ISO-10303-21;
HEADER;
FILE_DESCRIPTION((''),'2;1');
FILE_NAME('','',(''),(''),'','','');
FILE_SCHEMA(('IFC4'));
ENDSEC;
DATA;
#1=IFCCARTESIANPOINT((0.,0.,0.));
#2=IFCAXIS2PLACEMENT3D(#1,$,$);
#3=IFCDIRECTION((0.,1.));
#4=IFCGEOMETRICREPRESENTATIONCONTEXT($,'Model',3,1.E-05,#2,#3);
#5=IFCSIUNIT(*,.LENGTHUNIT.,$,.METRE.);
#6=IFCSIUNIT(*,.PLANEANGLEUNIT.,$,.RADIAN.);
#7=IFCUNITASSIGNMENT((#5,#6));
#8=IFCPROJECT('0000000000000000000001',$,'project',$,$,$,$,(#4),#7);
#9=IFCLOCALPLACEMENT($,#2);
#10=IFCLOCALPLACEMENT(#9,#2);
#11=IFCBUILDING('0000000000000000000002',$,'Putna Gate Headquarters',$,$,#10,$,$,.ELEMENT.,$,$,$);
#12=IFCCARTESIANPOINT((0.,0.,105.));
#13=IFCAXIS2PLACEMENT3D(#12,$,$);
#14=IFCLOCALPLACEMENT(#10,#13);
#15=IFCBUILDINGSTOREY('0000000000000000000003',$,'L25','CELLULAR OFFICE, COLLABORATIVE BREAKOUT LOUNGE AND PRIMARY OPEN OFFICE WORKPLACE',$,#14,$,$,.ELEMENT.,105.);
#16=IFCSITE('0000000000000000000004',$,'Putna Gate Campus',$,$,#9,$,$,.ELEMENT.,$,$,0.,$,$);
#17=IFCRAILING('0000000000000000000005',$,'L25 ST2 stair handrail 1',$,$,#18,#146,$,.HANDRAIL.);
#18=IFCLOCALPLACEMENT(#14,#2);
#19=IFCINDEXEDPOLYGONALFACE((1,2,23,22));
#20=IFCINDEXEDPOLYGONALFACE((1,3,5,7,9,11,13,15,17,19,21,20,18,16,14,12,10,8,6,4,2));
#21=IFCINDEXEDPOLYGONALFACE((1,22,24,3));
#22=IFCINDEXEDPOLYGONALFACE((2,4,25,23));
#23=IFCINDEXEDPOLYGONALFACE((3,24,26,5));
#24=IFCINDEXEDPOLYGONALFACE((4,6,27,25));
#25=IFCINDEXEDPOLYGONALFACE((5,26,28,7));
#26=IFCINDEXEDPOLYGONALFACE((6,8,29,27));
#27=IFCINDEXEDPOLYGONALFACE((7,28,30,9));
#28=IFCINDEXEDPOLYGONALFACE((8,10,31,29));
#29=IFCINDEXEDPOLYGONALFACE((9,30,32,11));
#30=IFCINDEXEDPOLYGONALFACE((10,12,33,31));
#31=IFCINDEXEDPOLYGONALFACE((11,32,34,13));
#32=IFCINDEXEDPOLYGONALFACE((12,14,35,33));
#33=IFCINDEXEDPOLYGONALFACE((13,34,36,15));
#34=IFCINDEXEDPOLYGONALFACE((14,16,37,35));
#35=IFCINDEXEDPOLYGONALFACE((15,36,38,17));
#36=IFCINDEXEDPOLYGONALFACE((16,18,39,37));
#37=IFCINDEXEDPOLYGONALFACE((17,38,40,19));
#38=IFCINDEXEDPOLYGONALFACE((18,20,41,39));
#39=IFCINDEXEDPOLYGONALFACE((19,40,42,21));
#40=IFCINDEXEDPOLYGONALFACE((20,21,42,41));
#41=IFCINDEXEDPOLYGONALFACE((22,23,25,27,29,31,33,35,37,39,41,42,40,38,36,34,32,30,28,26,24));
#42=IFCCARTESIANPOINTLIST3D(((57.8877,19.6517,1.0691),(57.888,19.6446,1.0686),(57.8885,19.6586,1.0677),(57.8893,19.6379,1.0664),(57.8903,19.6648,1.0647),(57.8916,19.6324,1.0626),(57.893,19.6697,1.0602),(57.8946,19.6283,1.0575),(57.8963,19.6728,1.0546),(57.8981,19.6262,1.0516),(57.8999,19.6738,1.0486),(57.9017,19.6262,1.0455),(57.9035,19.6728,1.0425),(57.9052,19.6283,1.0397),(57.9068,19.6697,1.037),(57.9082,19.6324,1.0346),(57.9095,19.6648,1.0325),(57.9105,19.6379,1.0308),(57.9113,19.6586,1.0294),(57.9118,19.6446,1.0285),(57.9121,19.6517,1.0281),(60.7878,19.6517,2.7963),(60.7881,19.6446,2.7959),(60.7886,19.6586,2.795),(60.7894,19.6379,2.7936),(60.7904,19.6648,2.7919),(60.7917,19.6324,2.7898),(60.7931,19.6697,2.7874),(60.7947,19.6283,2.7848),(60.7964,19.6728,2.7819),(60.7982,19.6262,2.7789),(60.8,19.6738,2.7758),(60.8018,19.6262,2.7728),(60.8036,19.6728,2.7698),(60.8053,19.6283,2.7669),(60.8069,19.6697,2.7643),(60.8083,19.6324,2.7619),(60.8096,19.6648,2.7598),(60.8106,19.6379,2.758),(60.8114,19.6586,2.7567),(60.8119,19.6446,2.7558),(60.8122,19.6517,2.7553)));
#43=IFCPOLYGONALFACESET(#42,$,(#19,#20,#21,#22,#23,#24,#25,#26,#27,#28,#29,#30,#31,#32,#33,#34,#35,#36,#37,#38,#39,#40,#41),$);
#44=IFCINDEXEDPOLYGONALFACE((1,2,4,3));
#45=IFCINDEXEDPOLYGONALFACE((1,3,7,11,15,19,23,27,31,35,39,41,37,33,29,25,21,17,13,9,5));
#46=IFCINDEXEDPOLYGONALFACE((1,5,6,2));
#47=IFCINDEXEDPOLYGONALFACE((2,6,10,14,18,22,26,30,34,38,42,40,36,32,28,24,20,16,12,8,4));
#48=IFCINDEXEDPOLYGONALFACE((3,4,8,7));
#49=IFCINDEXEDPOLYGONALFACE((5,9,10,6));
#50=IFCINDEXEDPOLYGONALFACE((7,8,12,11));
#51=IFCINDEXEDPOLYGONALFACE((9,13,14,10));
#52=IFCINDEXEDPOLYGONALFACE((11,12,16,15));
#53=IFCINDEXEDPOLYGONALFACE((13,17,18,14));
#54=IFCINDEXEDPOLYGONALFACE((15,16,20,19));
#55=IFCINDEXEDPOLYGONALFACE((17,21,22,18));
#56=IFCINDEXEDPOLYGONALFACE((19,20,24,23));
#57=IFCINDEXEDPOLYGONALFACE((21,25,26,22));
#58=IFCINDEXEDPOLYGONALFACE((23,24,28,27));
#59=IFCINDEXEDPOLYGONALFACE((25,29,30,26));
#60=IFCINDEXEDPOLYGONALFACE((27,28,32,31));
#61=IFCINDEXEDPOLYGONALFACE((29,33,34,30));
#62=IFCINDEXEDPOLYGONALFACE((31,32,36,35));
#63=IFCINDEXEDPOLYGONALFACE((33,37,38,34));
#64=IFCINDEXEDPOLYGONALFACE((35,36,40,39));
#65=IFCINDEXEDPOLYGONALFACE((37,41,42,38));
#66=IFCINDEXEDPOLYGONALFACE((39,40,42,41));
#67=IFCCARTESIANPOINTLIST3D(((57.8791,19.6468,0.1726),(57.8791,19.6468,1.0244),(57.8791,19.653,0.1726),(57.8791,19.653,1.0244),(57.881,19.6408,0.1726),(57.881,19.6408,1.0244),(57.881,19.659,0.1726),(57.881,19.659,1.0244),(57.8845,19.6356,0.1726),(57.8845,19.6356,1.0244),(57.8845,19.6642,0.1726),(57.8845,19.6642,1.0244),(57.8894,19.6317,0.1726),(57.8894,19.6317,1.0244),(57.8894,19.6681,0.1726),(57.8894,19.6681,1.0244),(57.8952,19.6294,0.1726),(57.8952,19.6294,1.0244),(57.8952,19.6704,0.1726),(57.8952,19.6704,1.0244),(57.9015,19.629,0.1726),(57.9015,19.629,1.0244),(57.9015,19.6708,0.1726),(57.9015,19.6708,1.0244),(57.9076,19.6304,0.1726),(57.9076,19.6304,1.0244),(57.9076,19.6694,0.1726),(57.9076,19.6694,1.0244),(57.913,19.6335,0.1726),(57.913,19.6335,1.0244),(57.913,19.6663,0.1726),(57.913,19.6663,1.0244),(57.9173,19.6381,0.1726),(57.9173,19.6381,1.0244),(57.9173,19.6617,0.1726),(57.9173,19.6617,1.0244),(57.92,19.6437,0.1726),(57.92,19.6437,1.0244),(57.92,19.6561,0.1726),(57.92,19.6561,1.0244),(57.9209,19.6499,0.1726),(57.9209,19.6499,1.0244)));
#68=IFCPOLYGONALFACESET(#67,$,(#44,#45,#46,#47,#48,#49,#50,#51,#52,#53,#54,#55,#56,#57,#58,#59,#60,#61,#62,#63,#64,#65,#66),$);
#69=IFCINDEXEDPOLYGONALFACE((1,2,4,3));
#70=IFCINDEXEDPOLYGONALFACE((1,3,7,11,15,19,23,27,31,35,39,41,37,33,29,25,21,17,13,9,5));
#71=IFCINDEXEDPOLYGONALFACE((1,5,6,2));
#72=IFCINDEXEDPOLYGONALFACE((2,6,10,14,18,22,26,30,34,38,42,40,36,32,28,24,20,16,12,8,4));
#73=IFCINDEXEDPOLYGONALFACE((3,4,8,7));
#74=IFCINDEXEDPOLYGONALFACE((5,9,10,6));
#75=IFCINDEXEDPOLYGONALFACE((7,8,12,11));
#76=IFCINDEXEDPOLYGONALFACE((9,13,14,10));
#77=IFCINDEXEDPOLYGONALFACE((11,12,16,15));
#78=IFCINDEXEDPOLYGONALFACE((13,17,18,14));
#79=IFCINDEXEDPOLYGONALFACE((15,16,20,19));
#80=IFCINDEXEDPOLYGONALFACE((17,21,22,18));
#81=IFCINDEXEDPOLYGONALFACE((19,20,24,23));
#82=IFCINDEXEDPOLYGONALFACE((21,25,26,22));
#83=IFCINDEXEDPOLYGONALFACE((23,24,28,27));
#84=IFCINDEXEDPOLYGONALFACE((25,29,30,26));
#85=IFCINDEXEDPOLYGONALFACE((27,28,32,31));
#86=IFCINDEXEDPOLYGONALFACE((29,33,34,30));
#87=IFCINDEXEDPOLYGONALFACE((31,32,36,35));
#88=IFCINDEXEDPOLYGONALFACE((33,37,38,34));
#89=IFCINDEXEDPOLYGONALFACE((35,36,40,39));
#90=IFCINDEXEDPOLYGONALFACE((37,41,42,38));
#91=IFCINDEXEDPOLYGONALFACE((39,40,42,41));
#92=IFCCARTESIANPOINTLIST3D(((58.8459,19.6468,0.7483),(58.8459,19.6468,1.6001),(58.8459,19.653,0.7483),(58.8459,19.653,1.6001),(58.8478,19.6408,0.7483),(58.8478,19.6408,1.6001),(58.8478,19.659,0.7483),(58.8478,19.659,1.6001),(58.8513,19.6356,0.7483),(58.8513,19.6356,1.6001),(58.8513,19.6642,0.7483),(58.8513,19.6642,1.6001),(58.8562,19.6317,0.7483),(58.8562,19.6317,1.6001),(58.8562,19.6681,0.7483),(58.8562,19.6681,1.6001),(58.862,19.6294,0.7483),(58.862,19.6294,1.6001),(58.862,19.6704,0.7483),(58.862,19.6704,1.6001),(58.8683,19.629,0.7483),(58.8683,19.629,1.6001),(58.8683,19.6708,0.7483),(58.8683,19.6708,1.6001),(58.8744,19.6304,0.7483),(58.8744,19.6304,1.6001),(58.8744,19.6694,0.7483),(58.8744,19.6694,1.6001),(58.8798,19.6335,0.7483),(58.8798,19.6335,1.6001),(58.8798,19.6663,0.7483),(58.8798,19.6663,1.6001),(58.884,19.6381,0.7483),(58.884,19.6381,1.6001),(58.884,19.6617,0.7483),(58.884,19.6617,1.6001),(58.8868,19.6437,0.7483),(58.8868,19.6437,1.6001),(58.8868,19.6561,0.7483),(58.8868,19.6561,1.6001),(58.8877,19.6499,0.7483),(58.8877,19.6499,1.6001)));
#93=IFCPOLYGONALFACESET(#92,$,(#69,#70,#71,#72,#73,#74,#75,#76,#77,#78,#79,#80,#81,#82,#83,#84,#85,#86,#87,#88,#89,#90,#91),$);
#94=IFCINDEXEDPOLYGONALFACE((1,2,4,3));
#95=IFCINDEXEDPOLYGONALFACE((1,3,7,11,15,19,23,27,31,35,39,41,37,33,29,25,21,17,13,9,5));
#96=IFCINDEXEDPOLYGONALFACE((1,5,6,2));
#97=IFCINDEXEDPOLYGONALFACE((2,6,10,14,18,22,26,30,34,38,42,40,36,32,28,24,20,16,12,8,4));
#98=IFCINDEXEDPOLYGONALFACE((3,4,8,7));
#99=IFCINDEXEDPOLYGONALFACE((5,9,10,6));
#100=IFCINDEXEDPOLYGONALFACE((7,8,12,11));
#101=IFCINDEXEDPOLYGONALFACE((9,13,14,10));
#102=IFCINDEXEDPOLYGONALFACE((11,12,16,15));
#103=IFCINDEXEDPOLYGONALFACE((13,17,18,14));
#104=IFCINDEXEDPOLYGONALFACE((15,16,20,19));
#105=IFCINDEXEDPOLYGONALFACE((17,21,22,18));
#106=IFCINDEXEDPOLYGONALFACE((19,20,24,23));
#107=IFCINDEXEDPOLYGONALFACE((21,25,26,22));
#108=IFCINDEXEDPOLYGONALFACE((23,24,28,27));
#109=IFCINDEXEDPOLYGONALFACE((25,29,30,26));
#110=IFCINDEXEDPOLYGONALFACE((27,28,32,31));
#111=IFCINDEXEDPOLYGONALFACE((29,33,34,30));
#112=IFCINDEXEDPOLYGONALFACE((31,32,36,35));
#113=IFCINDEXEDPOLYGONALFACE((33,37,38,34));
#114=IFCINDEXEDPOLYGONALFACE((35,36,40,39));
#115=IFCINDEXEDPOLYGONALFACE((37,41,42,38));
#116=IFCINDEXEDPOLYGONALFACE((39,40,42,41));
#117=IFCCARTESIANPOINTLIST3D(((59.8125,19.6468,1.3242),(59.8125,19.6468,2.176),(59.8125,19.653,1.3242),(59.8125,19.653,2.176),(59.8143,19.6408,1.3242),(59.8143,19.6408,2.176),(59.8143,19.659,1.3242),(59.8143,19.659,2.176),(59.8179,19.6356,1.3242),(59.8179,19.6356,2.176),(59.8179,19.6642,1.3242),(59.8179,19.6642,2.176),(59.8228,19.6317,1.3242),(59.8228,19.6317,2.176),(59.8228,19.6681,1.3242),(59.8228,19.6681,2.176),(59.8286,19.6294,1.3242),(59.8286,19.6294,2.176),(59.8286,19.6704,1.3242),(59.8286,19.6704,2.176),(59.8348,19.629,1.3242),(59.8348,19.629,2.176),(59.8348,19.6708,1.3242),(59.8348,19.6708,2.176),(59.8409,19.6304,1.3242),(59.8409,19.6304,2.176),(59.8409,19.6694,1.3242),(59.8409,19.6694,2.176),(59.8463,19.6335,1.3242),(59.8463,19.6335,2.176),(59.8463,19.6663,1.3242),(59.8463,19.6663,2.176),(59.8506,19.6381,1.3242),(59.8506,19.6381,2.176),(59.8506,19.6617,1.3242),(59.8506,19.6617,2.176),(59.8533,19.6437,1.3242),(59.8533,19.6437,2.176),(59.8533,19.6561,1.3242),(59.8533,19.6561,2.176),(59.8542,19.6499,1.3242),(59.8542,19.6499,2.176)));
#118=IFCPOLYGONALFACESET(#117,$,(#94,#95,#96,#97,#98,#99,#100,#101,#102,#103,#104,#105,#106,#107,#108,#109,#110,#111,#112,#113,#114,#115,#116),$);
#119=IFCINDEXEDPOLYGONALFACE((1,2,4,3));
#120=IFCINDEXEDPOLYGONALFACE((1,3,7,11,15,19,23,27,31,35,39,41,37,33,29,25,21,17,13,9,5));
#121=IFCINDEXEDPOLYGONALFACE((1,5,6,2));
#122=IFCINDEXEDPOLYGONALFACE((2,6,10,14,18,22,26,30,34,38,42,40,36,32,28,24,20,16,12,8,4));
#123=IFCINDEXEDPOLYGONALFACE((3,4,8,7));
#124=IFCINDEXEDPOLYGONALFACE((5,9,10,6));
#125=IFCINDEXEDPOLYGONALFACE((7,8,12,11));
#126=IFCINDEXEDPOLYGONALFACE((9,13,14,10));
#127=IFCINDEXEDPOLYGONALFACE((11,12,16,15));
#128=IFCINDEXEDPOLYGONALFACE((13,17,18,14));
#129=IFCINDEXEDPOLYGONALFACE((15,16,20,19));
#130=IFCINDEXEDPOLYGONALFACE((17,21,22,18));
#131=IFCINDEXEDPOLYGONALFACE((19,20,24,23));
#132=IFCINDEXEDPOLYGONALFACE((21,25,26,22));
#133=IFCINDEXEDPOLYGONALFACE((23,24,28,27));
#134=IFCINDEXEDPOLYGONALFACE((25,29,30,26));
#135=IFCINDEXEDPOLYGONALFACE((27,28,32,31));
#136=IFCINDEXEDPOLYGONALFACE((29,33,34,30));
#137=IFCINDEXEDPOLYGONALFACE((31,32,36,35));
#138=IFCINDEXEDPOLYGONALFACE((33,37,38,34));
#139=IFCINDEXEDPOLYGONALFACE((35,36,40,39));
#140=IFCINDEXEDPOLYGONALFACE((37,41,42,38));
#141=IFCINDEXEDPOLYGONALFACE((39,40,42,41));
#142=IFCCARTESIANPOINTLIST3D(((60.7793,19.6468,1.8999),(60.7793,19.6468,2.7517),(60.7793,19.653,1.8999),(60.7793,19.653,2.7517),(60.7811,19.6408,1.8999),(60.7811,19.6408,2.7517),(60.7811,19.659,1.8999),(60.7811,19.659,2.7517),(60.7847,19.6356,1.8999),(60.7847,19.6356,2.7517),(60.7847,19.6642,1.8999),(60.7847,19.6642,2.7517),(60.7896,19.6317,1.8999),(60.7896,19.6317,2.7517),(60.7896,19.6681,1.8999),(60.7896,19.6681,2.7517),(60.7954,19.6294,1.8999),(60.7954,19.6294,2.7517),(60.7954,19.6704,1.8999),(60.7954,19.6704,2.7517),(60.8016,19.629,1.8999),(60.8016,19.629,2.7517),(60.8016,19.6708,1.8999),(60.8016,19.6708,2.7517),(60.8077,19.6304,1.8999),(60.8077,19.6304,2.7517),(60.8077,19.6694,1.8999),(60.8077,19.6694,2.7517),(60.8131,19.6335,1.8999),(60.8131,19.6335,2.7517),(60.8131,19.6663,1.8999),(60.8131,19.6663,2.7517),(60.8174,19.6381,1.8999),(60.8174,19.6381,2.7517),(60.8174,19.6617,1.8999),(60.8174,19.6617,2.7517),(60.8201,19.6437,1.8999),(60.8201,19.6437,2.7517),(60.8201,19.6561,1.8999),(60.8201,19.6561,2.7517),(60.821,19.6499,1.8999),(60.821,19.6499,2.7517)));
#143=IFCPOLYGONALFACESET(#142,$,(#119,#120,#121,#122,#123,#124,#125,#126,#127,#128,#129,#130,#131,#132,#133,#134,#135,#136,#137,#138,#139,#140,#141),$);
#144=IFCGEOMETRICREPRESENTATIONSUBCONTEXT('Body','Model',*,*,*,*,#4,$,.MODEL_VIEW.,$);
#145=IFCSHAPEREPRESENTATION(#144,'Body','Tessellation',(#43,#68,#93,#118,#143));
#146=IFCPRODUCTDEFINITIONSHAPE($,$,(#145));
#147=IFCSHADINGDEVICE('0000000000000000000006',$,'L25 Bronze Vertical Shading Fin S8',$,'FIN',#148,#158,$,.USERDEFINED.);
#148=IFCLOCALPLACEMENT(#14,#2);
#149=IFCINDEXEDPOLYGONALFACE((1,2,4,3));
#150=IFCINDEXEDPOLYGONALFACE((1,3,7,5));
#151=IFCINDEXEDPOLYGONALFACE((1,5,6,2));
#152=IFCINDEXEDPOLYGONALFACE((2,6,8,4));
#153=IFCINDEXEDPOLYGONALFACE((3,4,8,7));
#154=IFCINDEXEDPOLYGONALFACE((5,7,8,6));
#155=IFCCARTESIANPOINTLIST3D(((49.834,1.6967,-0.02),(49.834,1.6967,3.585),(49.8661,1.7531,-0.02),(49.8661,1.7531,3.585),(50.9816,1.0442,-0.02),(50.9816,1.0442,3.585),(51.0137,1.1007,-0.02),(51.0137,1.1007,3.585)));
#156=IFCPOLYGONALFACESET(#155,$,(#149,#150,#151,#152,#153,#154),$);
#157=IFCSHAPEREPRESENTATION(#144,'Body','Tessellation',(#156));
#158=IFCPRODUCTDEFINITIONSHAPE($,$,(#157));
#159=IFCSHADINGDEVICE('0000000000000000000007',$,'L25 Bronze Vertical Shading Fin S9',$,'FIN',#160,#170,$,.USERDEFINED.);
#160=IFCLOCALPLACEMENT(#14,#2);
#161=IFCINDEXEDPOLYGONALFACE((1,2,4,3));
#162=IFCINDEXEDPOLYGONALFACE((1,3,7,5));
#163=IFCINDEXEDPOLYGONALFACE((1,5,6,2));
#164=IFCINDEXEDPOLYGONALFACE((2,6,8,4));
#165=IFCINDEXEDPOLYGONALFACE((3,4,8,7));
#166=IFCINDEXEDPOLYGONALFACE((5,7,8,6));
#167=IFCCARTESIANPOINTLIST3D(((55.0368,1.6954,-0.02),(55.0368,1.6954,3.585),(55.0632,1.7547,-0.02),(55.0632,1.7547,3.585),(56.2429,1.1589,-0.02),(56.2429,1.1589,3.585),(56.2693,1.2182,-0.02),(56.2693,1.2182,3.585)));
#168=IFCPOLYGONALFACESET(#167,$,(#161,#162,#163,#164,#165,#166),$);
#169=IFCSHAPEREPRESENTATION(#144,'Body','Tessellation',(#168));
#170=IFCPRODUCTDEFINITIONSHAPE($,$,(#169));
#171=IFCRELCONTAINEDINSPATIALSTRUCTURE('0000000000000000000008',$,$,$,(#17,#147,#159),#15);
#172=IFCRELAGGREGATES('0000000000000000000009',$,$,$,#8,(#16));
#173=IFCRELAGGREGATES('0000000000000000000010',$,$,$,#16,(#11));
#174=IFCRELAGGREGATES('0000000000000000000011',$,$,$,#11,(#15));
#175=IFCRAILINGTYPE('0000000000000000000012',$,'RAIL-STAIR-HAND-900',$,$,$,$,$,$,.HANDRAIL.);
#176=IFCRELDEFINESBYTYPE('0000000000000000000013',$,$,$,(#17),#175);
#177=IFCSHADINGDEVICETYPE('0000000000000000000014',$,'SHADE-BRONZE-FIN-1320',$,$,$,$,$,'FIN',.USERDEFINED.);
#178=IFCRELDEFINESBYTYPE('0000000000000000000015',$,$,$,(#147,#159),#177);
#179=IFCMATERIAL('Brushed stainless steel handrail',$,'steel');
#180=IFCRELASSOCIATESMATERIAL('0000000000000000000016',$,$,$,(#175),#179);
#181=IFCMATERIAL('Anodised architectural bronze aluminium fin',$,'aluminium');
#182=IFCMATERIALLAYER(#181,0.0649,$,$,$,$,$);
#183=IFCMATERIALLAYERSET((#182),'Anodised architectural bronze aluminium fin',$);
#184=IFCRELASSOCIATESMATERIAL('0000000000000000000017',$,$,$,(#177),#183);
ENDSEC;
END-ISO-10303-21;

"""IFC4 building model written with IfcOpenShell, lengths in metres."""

from ifc_helpers import new_model, si_unit, direction, frame, origin, origin_2d, place, context, subcontext, project, spatial, rectangle, circle, extrude, material, layer, layer_set, type_object, element, save


model = new_model("IFC4")

# Units and contexts
model_context = context("Model", 3, precision=1e-05, world=origin(), true_north=direction((0.0, 1.0)))
body_context = subcontext(model_context, "Body", "Model", "MODEL_VIEW")
ifc_project = project(units=[si_unit("LENGTHUNIT", "METRE"), si_unit("PLANEANGLEUNIT", "RADIAN")], contexts=[model_context])

# Site, building, storey
site_placement = place(None, origin())
site = spatial("IfcSite", under=ifc_project, at=site_placement, Name="Putna Gate Campus", CompositionType="ELEMENT", RefElevation=0.0)
building_placement = place(site_placement, origin())
building = spatial("IfcBuilding", under=site, at=building_placement, Name="Putna Gate Headquarters", CompositionType="ELEMENT")
storey_placement = place(building_placement, frame((0.0, 0.0, 105.0)))
storey = spatial("IfcBuildingStorey", under=building, at=storey_placement, Name="L25", Description="CELLULAR OFFICE, COLLABORATIVE BREAKOUT LOUNGE AND PRIMARY OPEN OFFICE WORKPLACE", CompositionType="ELEMENT", Elevation=105.0)

# Railing
ifc_material_1 = material(Name="Brushed stainless steel handrail", Category="steel")
railing_type_1 = type_object("IfcRailingType", Name="RAIL-STAIR-HAND-900", PredefinedType="HANDRAIL", material=ifc_material_1)
railing_1_placement = place(storey_placement, frame((57.8999, 19.6499, 0.1726)))
element("IfcRailing", 1, at=railing_1_placement, inside=storey, type_object=railing_type_1, Name="L25 ST2 stair handrail 1", PredefinedType="HANDRAIL", context=body_context, shape_type="SweptSolid", body=[
    extrude(circle(Radius=0.0239, at=origin_2d()), frame((0.0, 0.0, 0.876), z_axis=(0.85916, 0.0, 0.511706), x_axis=(0.0, 1.0, 0.0)), (0.0, 0.0, 1.0), 3.3755),
    extrude(circle(Radius=0.021, at=origin_2d()), origin(), (0.0, 0.0, 1.0), 0.8518),
    extrude(circle(Radius=0.021, at=origin_2d()), frame((0.9668, 0.0, 0.5757)), (0.0, 0.0, 1.0), 0.8518),
    extrude(circle(Radius=0.021, at=origin_2d()), frame((1.9333, 0.0, 1.1516)), (0.0, 0.0, 1.0), 0.8518),
    extrude(circle(Radius=0.021, at=origin_2d()), frame((2.9001, 0.0, 1.7273)), (0.0, 0.0, 1.0), 0.8518),
])

# Shading devices
ifc_material_2 = material(Name="Anodised architectural bronze aluminium fin", Category="aluminium")
ifc_layer_1 = layer(ifc_material_2, 0.0649)
ifc_layer_set_1 = layer_set([ifc_layer_1], Name="Anodised architectural bronze aluminium fin")
shading_device_type = type_object("IfcShadingDeviceType", Name="SHADE-BRONZE-FIN-1320", ElementType="FIN", PredefinedType="USERDEFINED", material=ifc_layer_set_1)
for number, where, z_axis, x_axis, name in (
    (2, (50.4238, 1.3987, -0.02), (0.0, 0.0, 1.0), (0.869322, -0.494245, 0.0), "L25 Bronze Vertical Shading Fin S8"),
    (3, (55.6531, 1.4568, -0.02), (0.0, 0.0, 1.0), (0.913687, -0.406418, 0.0), "L25 Bronze Vertical Shading Fin S9"),
):
    element("IfcShadingDevice", number, at=place(storey_placement, frame(where, z_axis=z_axis, x_axis=x_axis)), inside=storey, type_object=shading_device_type, Name=name, ObjectType="FIN", PredefinedType="USERDEFINED", context=body_context, shape_type="SweptSolid", body=[
        extrude(rectangle(XDim=1.3201, YDim=0.0649, at=origin_2d()), origin(), (0.0, 0.0, 1.0), 3.605),
    ])

save(model, "model.ifc")
